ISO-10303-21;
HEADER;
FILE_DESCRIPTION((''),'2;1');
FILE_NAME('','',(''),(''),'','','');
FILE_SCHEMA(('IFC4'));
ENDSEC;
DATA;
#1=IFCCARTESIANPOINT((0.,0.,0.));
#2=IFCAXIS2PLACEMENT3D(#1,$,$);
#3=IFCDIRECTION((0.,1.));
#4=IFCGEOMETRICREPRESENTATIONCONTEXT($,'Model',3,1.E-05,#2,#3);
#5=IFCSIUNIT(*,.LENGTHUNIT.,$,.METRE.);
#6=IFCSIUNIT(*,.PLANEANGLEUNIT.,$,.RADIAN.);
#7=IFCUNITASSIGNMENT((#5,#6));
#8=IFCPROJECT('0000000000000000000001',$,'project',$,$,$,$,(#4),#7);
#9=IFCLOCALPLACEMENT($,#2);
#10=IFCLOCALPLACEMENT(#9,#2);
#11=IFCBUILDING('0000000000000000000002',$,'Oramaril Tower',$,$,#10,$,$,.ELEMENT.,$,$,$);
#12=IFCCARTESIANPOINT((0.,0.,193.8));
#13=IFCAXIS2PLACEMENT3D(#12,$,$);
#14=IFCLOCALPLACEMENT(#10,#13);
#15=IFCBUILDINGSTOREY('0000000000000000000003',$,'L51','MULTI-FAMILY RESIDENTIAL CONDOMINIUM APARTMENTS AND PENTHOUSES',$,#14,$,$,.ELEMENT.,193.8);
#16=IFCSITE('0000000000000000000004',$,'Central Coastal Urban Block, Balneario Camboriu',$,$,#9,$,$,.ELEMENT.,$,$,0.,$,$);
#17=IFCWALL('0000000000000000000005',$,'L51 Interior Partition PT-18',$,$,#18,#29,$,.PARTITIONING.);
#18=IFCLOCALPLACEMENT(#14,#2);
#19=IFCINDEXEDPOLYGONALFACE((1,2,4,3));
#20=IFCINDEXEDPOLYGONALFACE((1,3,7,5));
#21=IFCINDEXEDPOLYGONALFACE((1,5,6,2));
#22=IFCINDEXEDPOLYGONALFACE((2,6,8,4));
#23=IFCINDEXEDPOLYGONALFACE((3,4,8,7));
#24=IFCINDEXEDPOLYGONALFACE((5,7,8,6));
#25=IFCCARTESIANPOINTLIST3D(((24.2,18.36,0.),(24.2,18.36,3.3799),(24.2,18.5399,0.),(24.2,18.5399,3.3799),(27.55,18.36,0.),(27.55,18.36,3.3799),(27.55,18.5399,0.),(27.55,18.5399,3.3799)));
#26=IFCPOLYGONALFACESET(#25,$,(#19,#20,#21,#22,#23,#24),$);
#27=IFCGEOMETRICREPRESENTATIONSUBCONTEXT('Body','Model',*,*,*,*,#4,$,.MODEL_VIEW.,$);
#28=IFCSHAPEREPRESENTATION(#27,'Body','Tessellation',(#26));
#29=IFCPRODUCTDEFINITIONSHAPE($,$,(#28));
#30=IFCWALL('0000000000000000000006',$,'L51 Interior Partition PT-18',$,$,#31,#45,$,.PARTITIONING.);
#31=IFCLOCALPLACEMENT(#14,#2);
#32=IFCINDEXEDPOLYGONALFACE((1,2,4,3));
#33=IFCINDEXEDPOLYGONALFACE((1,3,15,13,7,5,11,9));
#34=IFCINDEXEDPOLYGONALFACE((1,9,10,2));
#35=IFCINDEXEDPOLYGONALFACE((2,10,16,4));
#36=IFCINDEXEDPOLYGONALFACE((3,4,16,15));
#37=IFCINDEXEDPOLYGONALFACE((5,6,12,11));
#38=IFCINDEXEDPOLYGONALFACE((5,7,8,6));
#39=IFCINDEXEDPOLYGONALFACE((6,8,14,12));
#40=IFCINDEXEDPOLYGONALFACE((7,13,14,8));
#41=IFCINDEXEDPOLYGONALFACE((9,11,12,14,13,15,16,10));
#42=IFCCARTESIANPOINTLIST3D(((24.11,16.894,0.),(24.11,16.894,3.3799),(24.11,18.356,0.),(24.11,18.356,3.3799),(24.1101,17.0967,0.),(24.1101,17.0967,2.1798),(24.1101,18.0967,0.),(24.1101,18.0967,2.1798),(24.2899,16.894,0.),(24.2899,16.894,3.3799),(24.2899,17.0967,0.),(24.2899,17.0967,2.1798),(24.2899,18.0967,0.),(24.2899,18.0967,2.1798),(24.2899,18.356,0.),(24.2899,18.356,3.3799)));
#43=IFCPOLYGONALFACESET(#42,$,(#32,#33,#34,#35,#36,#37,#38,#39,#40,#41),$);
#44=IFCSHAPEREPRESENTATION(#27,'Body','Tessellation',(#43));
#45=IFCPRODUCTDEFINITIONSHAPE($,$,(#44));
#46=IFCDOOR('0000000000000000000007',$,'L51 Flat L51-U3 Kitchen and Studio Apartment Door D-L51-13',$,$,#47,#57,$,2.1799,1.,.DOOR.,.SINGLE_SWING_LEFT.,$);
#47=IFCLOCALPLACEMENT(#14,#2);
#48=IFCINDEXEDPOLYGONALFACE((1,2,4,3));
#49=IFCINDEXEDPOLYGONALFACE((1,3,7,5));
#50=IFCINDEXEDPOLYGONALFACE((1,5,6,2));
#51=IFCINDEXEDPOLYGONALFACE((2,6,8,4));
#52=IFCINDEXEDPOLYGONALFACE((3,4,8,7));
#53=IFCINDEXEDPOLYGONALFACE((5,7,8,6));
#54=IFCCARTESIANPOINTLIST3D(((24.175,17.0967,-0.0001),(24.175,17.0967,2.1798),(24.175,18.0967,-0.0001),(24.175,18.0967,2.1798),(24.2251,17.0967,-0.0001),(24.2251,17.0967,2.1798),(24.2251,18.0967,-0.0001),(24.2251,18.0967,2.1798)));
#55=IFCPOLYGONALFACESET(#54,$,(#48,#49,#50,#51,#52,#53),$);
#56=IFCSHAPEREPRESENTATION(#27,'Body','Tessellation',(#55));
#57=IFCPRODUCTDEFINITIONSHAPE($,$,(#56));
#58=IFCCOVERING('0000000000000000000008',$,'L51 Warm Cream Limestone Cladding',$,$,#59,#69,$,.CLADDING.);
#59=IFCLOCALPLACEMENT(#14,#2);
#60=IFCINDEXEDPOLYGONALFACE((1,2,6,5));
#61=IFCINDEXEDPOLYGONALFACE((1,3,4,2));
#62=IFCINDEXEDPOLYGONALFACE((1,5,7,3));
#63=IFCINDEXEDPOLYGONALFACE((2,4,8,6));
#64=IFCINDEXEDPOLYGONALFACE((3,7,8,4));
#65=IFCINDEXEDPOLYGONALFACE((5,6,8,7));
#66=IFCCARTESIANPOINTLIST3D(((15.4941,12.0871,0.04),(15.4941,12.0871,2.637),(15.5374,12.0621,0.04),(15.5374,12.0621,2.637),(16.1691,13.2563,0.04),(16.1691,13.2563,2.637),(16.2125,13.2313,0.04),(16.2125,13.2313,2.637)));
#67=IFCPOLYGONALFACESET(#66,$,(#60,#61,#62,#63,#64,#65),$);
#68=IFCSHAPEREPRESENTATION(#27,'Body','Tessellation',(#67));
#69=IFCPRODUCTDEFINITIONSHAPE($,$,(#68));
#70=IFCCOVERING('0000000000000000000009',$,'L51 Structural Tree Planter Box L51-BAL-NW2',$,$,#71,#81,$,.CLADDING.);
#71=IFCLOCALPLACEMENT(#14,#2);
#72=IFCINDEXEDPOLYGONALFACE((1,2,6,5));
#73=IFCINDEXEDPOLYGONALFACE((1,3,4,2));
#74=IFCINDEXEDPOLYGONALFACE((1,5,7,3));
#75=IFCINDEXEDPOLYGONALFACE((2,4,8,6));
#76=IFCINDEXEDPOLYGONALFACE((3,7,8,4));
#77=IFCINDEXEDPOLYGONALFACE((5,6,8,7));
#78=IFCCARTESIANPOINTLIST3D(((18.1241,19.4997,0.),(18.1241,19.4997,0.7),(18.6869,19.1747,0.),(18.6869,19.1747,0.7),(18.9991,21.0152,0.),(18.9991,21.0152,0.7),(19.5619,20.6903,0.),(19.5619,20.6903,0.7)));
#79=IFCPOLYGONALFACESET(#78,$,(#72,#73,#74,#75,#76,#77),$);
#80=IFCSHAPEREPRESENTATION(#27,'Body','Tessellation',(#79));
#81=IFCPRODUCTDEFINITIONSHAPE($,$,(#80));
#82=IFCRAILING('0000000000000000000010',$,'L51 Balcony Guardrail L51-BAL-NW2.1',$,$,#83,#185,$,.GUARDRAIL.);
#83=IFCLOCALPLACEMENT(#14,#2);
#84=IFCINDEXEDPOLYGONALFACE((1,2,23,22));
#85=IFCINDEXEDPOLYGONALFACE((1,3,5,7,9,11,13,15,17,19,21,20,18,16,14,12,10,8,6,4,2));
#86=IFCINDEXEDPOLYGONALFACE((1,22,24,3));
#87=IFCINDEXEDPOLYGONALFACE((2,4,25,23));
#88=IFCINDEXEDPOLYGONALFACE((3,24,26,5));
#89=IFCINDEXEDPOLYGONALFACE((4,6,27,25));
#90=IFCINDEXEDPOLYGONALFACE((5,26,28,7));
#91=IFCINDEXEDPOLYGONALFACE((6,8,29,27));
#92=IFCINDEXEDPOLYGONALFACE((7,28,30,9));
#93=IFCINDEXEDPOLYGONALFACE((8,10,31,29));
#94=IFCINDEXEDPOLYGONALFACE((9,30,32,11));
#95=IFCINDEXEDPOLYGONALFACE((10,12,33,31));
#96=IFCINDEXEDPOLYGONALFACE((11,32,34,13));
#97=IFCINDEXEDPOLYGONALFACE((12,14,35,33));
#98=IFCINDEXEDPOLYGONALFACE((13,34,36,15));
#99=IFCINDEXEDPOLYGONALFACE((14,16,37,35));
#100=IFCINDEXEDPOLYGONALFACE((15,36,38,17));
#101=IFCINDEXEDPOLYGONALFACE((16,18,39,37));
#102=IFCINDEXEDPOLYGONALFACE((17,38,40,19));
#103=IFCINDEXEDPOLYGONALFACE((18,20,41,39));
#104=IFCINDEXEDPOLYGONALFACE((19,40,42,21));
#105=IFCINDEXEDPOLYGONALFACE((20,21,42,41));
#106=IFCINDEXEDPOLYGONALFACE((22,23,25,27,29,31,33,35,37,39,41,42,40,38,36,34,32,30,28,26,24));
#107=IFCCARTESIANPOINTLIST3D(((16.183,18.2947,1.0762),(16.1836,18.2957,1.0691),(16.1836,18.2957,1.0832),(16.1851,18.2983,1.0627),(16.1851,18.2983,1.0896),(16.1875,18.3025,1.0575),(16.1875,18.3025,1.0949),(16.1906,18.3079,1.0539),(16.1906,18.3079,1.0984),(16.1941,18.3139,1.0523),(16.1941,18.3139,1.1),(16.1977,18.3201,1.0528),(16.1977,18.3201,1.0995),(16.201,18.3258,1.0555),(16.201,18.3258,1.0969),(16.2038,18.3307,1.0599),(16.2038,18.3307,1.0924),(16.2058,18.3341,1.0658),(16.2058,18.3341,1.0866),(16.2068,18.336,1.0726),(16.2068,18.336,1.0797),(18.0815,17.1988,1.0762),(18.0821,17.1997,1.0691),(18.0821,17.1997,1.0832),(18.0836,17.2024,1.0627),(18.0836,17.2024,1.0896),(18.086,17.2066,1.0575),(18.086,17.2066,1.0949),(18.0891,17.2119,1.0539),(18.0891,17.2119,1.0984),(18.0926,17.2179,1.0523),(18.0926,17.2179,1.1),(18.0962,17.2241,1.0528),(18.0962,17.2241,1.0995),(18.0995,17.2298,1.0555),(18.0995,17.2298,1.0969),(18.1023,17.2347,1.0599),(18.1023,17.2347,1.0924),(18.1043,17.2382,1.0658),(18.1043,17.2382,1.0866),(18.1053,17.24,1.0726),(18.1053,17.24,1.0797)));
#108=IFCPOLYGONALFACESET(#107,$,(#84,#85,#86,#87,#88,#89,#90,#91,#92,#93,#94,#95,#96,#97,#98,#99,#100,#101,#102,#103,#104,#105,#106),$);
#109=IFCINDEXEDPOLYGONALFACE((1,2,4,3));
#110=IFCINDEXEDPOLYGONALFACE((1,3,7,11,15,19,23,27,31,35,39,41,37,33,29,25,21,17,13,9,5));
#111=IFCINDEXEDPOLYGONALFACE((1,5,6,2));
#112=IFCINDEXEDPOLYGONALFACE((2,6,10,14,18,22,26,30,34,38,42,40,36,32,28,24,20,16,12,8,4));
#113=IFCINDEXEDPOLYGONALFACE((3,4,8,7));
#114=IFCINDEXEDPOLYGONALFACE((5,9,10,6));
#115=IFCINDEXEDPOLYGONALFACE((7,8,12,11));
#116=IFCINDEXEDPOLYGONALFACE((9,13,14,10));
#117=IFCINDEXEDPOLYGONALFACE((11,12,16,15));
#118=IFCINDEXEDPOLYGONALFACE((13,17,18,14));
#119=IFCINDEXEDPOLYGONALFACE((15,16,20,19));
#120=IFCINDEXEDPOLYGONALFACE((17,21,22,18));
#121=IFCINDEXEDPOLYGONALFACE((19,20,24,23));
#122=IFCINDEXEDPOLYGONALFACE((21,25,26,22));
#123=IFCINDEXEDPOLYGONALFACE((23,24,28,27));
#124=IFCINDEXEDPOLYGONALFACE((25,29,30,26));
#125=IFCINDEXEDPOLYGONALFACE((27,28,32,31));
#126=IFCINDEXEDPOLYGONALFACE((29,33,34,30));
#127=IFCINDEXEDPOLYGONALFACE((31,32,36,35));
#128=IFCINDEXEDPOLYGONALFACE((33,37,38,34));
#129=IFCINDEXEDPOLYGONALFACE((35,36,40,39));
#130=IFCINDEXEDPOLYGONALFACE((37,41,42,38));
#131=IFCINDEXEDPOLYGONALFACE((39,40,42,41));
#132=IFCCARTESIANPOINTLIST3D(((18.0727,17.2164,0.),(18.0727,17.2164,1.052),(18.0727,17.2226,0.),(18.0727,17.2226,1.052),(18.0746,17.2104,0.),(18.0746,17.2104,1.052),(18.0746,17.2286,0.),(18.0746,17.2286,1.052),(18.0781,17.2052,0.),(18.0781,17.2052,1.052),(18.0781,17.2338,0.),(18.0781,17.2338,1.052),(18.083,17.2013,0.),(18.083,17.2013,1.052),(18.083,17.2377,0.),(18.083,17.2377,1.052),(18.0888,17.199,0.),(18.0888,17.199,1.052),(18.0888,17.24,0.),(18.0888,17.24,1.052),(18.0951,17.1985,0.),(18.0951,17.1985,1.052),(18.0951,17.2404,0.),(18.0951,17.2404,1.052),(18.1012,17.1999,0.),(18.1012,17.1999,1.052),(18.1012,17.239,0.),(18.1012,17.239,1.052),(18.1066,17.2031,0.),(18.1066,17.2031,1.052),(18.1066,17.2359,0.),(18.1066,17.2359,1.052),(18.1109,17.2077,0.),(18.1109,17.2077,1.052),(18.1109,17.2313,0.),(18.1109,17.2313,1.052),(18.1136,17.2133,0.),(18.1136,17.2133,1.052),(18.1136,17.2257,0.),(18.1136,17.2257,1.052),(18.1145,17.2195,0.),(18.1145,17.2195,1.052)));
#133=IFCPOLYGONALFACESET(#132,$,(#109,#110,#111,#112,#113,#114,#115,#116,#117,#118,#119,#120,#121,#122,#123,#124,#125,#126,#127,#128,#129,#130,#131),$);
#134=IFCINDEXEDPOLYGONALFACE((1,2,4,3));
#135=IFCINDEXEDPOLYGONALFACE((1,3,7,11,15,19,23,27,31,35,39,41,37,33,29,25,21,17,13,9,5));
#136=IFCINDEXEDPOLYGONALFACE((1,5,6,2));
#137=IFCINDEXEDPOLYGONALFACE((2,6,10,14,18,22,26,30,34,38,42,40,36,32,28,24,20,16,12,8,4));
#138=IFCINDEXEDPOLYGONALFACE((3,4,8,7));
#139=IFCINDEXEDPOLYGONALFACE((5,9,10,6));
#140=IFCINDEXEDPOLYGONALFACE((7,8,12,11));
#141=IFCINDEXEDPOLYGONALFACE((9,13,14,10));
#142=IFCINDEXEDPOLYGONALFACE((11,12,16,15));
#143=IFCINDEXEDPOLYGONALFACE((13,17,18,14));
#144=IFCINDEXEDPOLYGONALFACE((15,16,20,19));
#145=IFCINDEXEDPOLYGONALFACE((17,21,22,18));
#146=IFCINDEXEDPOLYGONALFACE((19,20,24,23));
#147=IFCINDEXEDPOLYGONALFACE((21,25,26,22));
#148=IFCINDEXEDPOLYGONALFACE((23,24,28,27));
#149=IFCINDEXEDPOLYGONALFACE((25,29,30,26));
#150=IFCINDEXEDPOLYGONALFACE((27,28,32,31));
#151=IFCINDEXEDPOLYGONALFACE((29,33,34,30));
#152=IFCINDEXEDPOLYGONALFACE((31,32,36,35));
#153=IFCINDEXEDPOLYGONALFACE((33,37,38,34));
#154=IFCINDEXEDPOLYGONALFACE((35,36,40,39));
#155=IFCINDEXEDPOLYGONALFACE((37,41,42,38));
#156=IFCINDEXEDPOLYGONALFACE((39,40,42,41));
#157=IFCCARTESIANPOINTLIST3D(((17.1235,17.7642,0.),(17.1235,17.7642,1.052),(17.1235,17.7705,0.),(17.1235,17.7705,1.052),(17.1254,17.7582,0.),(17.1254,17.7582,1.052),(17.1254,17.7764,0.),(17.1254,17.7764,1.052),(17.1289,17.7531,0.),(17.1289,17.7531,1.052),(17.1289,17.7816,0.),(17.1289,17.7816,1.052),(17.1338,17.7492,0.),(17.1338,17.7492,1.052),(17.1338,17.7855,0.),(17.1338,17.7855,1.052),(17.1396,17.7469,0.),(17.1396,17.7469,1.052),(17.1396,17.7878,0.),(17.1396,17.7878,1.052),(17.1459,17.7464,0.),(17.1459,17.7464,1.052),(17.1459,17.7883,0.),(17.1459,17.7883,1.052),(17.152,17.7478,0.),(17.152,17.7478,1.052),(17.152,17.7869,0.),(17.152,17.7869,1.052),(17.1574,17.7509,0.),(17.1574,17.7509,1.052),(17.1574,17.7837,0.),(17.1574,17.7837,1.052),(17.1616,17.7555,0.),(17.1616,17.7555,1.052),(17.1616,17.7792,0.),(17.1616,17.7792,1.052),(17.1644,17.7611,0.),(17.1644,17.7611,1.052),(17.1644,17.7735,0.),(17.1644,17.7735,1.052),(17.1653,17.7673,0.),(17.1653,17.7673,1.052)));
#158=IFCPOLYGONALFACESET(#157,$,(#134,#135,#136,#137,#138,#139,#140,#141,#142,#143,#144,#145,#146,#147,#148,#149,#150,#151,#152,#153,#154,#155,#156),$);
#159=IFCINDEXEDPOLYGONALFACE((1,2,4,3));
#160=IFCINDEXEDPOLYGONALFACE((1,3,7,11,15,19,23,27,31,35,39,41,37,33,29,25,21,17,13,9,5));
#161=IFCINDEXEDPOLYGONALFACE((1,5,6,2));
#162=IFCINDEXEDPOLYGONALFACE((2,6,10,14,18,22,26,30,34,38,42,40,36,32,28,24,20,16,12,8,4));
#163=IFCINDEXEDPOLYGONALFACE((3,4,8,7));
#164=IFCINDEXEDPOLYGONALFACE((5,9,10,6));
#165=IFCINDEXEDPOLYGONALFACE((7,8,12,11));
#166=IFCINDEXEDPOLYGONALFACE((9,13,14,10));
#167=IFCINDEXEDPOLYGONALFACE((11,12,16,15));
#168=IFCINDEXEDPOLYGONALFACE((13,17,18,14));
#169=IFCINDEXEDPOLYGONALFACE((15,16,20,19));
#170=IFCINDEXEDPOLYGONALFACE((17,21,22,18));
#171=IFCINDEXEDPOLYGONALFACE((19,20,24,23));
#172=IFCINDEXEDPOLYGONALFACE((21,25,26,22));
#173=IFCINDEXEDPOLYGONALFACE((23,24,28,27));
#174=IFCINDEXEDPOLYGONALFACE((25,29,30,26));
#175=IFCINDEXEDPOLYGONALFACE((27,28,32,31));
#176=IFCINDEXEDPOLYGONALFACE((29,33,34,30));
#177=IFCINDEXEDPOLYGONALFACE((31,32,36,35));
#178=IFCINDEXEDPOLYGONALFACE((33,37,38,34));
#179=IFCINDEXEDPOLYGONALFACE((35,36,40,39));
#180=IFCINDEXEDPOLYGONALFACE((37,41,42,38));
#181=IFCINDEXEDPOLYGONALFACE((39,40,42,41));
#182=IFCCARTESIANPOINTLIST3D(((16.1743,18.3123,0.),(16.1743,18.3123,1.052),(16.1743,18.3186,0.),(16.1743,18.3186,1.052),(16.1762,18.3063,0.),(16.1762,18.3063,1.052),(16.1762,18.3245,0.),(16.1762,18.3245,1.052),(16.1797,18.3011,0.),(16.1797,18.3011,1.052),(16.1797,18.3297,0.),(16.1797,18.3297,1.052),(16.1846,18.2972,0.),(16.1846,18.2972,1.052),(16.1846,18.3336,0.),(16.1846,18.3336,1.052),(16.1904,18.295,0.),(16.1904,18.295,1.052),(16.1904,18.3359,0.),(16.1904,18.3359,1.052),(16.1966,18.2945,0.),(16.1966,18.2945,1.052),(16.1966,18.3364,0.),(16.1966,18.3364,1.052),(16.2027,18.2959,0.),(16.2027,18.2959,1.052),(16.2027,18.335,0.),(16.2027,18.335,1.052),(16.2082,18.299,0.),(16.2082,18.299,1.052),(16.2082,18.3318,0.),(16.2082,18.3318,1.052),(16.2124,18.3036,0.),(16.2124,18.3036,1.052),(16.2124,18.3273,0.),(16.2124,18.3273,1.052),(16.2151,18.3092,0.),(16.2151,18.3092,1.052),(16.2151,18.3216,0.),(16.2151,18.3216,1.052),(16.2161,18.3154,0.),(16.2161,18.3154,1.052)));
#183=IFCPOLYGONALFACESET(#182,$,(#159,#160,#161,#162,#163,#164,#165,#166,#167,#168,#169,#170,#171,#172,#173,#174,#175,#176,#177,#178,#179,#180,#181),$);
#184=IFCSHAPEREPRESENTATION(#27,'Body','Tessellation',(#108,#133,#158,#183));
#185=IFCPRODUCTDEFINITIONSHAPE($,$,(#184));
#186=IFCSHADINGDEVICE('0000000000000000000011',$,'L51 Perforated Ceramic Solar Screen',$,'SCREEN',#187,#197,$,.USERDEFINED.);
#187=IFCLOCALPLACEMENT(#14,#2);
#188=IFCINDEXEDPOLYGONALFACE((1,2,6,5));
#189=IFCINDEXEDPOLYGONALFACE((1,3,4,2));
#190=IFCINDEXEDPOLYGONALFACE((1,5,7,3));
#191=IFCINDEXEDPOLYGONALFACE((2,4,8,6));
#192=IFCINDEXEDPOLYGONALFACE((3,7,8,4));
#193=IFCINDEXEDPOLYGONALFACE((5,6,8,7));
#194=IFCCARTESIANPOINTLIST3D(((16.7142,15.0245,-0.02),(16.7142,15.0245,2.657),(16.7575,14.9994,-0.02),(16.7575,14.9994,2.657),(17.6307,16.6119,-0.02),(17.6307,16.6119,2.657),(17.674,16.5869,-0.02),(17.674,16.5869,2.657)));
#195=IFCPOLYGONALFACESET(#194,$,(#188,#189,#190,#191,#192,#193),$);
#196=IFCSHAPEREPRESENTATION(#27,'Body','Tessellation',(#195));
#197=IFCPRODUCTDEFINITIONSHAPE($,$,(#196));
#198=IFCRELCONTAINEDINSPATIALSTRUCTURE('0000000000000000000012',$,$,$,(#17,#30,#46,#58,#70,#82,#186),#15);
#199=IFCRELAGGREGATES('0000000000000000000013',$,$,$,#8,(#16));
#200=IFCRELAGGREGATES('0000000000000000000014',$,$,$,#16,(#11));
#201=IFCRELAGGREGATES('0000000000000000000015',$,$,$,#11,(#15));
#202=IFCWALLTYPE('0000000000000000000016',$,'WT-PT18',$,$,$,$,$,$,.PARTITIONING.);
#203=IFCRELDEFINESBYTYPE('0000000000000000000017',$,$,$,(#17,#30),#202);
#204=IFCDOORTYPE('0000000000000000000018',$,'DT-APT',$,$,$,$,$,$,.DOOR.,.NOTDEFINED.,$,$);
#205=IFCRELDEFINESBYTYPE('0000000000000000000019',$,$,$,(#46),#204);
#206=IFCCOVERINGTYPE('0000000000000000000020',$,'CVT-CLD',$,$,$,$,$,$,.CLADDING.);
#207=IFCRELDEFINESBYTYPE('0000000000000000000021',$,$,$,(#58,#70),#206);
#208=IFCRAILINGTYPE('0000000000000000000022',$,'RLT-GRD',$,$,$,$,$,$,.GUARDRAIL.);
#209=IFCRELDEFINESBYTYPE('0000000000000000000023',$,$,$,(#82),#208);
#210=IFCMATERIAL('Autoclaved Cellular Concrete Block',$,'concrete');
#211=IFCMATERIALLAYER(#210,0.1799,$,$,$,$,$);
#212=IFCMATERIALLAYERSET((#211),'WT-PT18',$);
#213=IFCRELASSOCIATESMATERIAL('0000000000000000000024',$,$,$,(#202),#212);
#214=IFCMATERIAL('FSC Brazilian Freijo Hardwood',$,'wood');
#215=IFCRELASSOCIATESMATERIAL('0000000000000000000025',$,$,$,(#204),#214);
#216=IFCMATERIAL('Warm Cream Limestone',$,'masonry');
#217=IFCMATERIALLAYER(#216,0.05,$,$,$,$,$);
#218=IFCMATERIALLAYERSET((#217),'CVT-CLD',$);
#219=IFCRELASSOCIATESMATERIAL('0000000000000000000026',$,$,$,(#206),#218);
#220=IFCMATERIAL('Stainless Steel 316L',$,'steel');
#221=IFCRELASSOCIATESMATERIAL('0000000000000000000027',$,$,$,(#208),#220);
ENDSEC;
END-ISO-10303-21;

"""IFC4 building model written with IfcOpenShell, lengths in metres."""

from ifc_helpers import new_model, si_unit, direction, frame, frame_2d, origin, origin_2d, place, context, subcontext, project, spatial, rectangle, circle, extrude, material, layer, layer_set, type_object, element, fill, save


model = new_model("IFC4")

# Units and contexts
model_context = context("Model", 3, precision=1e-05, world=origin(), true_north=direction((0.0, 1.0)))
body_context = subcontext(model_context, "Body", "Model", "MODEL_VIEW")
ifc_project = project(units=[si_unit("LENGTHUNIT", "METRE"), si_unit("PLANEANGLEUNIT", "RADIAN")], contexts=[model_context])

# Site, building, storey
site_placement = place(None, origin())
site = spatial("IfcSite", under=ifc_project, at=site_placement, Name="Central Coastal Urban Block, Balneario Camboriu", CompositionType="ELEMENT", RefElevation=0.0)
building_placement = place(site_placement, origin())
building = spatial("IfcBuilding", under=site, at=building_placement, Name="Oramaril Tower", CompositionType="ELEMENT")
storey_placement = place(building_placement, frame((0.0, 0.0, 193.8)))
storey = spatial("IfcBuildingStorey", under=building, at=storey_placement, Name="L51", Description="MULTI-FAMILY RESIDENTIAL CONDOMINIUM APARTMENTS AND PENTHOUSES", CompositionType="ELEMENT", Elevation=193.8)

# Wall
ifc_material_1 = material(Name="Autoclaved Cellular Concrete Block", Category="concrete")
ifc_layer_1 = layer(ifc_material_1, 0.1799)
ifc_layer_set_1 = layer_set([ifc_layer_1], Name="WT-PT18")
wall_type_1 = type_object("IfcWallType", Name="WT-PT18", PredefinedType="PARTITIONING", material=ifc_layer_set_1)
wall_1_placement = place(storey_placement, frame((24.2, 18.45, 0.0), z_axis=(0.0, 0.0, 1.0), x_axis=(1.0, 0.0, 0.0)))
element("IfcWall", 1, at=wall_1_placement, inside=storey, type_object=wall_type_1, Name="L51 Interior Partition PT-18", PredefinedType="PARTITIONING", context=body_context, shape_type="SweptSolid", body=[
    extrude(rectangle(XDim=3.3501, YDim=0.1799, at=frame_2d((1.675, 0.0))), origin(), (0.0, 0.0, 1.0), 3.3799),
])

# Wall, opening, door
wall_2_placement = place(storey_placement, frame((24.2, 16.894, 0.0), z_axis=(0.0, 0.0, 1.0), x_axis=(0.0, 1.0, 0.0)))
wall_2 = element("IfcWall", 2, at=wall_2_placement, inside=storey, type_object=wall_type_1, Name="L51 Interior Partition PT-18", PredefinedType="PARTITIONING", context=body_context, shape_type="SweptSolid", body=[
    extrude(rectangle(XDim=1.4619, YDim=0.1799, at=frame_2d((0.731, 0.0))), origin(), (0.0, 0.0, 1.0), 3.3799),
])
opening_placement = place(wall_2_placement, frame((0.2026, 0.0, 0.0)))
opening = element("IfcOpeningElement", 3, at=opening_placement, cuts=wall_2, PredefinedType="OPENING", context=body_context, shape_type="SweptSolid", body=[
    extrude(rectangle(XDim=1.0, YDim=2.1799, at=frame_2d((0.5, 1.0898))), frame((0.0, 0.0898, 0.0), z_axis=(0.0, -1.0, 0.0), x_axis=(1.0, 0.0, 0.0)), (0.0, 0.0, 1.0), 0.1799),
])
ifc_material_2 = material(Name="FSC Brazilian Freijo Hardwood", Category="wood")
door_type = type_object("IfcDoorType", Name="DT-APT", OperationType="NOTDEFINED", PredefinedType="DOOR", material=ifc_material_2)
door_placement = place(opening_placement, origin())
door = element("IfcDoor", 4, at=door_placement, inside=storey, type_object=door_type, Name="L51 Flat L51-U3 Kitchen and Studio Apartment Door D-L51-13", OperationType="SINGLE_SWING_LEFT", OverallHeight=2.1799, OverallWidth=1.0, PredefinedType="DOOR", context=body_context, shape_type="SweptSolid", body=[
    extrude(rectangle(XDim=1.0, YDim=2.1799, at=frame_2d((0.5, 1.0898))), frame((0.0, 0.0249, 0.0), z_axis=(0.0, -1.0, 0.0), x_axis=(1.0, 0.0, 0.0)), (0.0, 0.0, 1.0), 0.05),
])
fill(opening, door)

# Coverings
ifc_material_3 = material(Name="Warm Cream Limestone", Category="masonry")
ifc_layer_2 = layer(ifc_material_3, 0.05)
ifc_layer_set_2 = layer_set([ifc_layer_2], Name="CVT-CLD")
covering_type = type_object("IfcCoveringType", Name="CVT-CLD", PredefinedType="CLADDING", material=ifc_layer_set_2)
covering_1_placement = place(storey_placement, frame((15.8533, 12.6592, 0.04), z_axis=(0.0, 0.0, 1.0), x_axis=(-0.5, -0.866025, 0.0)))
element("IfcCovering", 5, at=covering_1_placement, inside=storey, type_object=covering_type, Name="L51 Warm Cream Limestone Cladding", PredefinedType="CLADDING", context=body_context, shape_type="SweptSolid", body=[
    extrude(rectangle(XDim=1.3501, YDim=0.05, at=origin_2d()), origin(), (0.0, 0.0, 1.0), 2.5969),
])
covering_2_placement = place(storey_placement, frame((18.843, 20.095, 0.0), z_axis=(0.0, 0.0, 1.0), x_axis=(-0.5, -0.866025, 0.0)))
element("IfcCovering", 6, at=covering_2_placement, inside=storey, type_object=covering_type, Name="L51 Structural Tree Planter Box L51-BAL-NW2", PredefinedType="CLADDING", context=body_context, shape_type="SweptSolid", body=[
    extrude(rectangle(XDim=1.75, YDim=0.6499, at=origin_2d()), origin(), (0.0, 0.0, 1.0), 0.7),
])

# Railing
ifc_material_4 = material(Name="Stainless Steel 316L", Category="steel")
railing_type = type_object("IfcRailingType", Name="RLT-GRD", PredefinedType="GUARDRAIL", material=ifc_material_4)
railing_1_placement = place(storey_placement, frame((18.0935, 17.2195, 0.0)))
element("IfcRailing", 7, at=railing_1_placement, inside=storey, type_object=railing_type, Name="L51 Balcony Guardrail L51-BAL-NW2.1", PredefinedType="GUARDRAIL", context=body_context, shape_type="SweptSolid", body=[
    extrude(circle(Radius=0.0239, at=origin_2d()), frame((0.0, 0.0, 1.0762), z_axis=(-0.866048, 0.49996, 0.0), x_axis=(-0.49996, -0.866048, 0.0)), (0.0, 0.0, 1.0), 2.1921),
    extrude(circle(Radius=0.021, at=origin_2d()), origin(), (0.0, 0.0, 1.0), 1.052),
    extrude(circle(Radius=0.021, at=origin_2d()), frame((-0.9492, 0.5479, 0.0)), (0.0, 0.0, 1.0), 1.052),
    extrude(circle(Radius=0.021, at=origin_2d()), frame((-1.8984, 1.0959, 0.0)), (0.0, 0.0, 1.0), 1.052),
])

# Shading device
shading_device_placement = place(storey_placement, frame((17.1941, 15.8057, -0.02), z_axis=(0.0, 0.0, 1.0), x_axis=(-0.5, -0.866025, 0.0)))
element("IfcShadingDevice", 8, at=shading_device_placement, inside=storey, Name="L51 Perforated Ceramic Solar Screen", ObjectType="SCREEN", PredefinedType="USERDEFINED", context=body_context, shape_type="SweptSolid", body=[
    extrude(rectangle(XDim=1.833, YDim=0.05, at=origin_2d()), origin(), (0.0, 0.0, 1.0), 2.677),
])

save(model, "model.ifc")
